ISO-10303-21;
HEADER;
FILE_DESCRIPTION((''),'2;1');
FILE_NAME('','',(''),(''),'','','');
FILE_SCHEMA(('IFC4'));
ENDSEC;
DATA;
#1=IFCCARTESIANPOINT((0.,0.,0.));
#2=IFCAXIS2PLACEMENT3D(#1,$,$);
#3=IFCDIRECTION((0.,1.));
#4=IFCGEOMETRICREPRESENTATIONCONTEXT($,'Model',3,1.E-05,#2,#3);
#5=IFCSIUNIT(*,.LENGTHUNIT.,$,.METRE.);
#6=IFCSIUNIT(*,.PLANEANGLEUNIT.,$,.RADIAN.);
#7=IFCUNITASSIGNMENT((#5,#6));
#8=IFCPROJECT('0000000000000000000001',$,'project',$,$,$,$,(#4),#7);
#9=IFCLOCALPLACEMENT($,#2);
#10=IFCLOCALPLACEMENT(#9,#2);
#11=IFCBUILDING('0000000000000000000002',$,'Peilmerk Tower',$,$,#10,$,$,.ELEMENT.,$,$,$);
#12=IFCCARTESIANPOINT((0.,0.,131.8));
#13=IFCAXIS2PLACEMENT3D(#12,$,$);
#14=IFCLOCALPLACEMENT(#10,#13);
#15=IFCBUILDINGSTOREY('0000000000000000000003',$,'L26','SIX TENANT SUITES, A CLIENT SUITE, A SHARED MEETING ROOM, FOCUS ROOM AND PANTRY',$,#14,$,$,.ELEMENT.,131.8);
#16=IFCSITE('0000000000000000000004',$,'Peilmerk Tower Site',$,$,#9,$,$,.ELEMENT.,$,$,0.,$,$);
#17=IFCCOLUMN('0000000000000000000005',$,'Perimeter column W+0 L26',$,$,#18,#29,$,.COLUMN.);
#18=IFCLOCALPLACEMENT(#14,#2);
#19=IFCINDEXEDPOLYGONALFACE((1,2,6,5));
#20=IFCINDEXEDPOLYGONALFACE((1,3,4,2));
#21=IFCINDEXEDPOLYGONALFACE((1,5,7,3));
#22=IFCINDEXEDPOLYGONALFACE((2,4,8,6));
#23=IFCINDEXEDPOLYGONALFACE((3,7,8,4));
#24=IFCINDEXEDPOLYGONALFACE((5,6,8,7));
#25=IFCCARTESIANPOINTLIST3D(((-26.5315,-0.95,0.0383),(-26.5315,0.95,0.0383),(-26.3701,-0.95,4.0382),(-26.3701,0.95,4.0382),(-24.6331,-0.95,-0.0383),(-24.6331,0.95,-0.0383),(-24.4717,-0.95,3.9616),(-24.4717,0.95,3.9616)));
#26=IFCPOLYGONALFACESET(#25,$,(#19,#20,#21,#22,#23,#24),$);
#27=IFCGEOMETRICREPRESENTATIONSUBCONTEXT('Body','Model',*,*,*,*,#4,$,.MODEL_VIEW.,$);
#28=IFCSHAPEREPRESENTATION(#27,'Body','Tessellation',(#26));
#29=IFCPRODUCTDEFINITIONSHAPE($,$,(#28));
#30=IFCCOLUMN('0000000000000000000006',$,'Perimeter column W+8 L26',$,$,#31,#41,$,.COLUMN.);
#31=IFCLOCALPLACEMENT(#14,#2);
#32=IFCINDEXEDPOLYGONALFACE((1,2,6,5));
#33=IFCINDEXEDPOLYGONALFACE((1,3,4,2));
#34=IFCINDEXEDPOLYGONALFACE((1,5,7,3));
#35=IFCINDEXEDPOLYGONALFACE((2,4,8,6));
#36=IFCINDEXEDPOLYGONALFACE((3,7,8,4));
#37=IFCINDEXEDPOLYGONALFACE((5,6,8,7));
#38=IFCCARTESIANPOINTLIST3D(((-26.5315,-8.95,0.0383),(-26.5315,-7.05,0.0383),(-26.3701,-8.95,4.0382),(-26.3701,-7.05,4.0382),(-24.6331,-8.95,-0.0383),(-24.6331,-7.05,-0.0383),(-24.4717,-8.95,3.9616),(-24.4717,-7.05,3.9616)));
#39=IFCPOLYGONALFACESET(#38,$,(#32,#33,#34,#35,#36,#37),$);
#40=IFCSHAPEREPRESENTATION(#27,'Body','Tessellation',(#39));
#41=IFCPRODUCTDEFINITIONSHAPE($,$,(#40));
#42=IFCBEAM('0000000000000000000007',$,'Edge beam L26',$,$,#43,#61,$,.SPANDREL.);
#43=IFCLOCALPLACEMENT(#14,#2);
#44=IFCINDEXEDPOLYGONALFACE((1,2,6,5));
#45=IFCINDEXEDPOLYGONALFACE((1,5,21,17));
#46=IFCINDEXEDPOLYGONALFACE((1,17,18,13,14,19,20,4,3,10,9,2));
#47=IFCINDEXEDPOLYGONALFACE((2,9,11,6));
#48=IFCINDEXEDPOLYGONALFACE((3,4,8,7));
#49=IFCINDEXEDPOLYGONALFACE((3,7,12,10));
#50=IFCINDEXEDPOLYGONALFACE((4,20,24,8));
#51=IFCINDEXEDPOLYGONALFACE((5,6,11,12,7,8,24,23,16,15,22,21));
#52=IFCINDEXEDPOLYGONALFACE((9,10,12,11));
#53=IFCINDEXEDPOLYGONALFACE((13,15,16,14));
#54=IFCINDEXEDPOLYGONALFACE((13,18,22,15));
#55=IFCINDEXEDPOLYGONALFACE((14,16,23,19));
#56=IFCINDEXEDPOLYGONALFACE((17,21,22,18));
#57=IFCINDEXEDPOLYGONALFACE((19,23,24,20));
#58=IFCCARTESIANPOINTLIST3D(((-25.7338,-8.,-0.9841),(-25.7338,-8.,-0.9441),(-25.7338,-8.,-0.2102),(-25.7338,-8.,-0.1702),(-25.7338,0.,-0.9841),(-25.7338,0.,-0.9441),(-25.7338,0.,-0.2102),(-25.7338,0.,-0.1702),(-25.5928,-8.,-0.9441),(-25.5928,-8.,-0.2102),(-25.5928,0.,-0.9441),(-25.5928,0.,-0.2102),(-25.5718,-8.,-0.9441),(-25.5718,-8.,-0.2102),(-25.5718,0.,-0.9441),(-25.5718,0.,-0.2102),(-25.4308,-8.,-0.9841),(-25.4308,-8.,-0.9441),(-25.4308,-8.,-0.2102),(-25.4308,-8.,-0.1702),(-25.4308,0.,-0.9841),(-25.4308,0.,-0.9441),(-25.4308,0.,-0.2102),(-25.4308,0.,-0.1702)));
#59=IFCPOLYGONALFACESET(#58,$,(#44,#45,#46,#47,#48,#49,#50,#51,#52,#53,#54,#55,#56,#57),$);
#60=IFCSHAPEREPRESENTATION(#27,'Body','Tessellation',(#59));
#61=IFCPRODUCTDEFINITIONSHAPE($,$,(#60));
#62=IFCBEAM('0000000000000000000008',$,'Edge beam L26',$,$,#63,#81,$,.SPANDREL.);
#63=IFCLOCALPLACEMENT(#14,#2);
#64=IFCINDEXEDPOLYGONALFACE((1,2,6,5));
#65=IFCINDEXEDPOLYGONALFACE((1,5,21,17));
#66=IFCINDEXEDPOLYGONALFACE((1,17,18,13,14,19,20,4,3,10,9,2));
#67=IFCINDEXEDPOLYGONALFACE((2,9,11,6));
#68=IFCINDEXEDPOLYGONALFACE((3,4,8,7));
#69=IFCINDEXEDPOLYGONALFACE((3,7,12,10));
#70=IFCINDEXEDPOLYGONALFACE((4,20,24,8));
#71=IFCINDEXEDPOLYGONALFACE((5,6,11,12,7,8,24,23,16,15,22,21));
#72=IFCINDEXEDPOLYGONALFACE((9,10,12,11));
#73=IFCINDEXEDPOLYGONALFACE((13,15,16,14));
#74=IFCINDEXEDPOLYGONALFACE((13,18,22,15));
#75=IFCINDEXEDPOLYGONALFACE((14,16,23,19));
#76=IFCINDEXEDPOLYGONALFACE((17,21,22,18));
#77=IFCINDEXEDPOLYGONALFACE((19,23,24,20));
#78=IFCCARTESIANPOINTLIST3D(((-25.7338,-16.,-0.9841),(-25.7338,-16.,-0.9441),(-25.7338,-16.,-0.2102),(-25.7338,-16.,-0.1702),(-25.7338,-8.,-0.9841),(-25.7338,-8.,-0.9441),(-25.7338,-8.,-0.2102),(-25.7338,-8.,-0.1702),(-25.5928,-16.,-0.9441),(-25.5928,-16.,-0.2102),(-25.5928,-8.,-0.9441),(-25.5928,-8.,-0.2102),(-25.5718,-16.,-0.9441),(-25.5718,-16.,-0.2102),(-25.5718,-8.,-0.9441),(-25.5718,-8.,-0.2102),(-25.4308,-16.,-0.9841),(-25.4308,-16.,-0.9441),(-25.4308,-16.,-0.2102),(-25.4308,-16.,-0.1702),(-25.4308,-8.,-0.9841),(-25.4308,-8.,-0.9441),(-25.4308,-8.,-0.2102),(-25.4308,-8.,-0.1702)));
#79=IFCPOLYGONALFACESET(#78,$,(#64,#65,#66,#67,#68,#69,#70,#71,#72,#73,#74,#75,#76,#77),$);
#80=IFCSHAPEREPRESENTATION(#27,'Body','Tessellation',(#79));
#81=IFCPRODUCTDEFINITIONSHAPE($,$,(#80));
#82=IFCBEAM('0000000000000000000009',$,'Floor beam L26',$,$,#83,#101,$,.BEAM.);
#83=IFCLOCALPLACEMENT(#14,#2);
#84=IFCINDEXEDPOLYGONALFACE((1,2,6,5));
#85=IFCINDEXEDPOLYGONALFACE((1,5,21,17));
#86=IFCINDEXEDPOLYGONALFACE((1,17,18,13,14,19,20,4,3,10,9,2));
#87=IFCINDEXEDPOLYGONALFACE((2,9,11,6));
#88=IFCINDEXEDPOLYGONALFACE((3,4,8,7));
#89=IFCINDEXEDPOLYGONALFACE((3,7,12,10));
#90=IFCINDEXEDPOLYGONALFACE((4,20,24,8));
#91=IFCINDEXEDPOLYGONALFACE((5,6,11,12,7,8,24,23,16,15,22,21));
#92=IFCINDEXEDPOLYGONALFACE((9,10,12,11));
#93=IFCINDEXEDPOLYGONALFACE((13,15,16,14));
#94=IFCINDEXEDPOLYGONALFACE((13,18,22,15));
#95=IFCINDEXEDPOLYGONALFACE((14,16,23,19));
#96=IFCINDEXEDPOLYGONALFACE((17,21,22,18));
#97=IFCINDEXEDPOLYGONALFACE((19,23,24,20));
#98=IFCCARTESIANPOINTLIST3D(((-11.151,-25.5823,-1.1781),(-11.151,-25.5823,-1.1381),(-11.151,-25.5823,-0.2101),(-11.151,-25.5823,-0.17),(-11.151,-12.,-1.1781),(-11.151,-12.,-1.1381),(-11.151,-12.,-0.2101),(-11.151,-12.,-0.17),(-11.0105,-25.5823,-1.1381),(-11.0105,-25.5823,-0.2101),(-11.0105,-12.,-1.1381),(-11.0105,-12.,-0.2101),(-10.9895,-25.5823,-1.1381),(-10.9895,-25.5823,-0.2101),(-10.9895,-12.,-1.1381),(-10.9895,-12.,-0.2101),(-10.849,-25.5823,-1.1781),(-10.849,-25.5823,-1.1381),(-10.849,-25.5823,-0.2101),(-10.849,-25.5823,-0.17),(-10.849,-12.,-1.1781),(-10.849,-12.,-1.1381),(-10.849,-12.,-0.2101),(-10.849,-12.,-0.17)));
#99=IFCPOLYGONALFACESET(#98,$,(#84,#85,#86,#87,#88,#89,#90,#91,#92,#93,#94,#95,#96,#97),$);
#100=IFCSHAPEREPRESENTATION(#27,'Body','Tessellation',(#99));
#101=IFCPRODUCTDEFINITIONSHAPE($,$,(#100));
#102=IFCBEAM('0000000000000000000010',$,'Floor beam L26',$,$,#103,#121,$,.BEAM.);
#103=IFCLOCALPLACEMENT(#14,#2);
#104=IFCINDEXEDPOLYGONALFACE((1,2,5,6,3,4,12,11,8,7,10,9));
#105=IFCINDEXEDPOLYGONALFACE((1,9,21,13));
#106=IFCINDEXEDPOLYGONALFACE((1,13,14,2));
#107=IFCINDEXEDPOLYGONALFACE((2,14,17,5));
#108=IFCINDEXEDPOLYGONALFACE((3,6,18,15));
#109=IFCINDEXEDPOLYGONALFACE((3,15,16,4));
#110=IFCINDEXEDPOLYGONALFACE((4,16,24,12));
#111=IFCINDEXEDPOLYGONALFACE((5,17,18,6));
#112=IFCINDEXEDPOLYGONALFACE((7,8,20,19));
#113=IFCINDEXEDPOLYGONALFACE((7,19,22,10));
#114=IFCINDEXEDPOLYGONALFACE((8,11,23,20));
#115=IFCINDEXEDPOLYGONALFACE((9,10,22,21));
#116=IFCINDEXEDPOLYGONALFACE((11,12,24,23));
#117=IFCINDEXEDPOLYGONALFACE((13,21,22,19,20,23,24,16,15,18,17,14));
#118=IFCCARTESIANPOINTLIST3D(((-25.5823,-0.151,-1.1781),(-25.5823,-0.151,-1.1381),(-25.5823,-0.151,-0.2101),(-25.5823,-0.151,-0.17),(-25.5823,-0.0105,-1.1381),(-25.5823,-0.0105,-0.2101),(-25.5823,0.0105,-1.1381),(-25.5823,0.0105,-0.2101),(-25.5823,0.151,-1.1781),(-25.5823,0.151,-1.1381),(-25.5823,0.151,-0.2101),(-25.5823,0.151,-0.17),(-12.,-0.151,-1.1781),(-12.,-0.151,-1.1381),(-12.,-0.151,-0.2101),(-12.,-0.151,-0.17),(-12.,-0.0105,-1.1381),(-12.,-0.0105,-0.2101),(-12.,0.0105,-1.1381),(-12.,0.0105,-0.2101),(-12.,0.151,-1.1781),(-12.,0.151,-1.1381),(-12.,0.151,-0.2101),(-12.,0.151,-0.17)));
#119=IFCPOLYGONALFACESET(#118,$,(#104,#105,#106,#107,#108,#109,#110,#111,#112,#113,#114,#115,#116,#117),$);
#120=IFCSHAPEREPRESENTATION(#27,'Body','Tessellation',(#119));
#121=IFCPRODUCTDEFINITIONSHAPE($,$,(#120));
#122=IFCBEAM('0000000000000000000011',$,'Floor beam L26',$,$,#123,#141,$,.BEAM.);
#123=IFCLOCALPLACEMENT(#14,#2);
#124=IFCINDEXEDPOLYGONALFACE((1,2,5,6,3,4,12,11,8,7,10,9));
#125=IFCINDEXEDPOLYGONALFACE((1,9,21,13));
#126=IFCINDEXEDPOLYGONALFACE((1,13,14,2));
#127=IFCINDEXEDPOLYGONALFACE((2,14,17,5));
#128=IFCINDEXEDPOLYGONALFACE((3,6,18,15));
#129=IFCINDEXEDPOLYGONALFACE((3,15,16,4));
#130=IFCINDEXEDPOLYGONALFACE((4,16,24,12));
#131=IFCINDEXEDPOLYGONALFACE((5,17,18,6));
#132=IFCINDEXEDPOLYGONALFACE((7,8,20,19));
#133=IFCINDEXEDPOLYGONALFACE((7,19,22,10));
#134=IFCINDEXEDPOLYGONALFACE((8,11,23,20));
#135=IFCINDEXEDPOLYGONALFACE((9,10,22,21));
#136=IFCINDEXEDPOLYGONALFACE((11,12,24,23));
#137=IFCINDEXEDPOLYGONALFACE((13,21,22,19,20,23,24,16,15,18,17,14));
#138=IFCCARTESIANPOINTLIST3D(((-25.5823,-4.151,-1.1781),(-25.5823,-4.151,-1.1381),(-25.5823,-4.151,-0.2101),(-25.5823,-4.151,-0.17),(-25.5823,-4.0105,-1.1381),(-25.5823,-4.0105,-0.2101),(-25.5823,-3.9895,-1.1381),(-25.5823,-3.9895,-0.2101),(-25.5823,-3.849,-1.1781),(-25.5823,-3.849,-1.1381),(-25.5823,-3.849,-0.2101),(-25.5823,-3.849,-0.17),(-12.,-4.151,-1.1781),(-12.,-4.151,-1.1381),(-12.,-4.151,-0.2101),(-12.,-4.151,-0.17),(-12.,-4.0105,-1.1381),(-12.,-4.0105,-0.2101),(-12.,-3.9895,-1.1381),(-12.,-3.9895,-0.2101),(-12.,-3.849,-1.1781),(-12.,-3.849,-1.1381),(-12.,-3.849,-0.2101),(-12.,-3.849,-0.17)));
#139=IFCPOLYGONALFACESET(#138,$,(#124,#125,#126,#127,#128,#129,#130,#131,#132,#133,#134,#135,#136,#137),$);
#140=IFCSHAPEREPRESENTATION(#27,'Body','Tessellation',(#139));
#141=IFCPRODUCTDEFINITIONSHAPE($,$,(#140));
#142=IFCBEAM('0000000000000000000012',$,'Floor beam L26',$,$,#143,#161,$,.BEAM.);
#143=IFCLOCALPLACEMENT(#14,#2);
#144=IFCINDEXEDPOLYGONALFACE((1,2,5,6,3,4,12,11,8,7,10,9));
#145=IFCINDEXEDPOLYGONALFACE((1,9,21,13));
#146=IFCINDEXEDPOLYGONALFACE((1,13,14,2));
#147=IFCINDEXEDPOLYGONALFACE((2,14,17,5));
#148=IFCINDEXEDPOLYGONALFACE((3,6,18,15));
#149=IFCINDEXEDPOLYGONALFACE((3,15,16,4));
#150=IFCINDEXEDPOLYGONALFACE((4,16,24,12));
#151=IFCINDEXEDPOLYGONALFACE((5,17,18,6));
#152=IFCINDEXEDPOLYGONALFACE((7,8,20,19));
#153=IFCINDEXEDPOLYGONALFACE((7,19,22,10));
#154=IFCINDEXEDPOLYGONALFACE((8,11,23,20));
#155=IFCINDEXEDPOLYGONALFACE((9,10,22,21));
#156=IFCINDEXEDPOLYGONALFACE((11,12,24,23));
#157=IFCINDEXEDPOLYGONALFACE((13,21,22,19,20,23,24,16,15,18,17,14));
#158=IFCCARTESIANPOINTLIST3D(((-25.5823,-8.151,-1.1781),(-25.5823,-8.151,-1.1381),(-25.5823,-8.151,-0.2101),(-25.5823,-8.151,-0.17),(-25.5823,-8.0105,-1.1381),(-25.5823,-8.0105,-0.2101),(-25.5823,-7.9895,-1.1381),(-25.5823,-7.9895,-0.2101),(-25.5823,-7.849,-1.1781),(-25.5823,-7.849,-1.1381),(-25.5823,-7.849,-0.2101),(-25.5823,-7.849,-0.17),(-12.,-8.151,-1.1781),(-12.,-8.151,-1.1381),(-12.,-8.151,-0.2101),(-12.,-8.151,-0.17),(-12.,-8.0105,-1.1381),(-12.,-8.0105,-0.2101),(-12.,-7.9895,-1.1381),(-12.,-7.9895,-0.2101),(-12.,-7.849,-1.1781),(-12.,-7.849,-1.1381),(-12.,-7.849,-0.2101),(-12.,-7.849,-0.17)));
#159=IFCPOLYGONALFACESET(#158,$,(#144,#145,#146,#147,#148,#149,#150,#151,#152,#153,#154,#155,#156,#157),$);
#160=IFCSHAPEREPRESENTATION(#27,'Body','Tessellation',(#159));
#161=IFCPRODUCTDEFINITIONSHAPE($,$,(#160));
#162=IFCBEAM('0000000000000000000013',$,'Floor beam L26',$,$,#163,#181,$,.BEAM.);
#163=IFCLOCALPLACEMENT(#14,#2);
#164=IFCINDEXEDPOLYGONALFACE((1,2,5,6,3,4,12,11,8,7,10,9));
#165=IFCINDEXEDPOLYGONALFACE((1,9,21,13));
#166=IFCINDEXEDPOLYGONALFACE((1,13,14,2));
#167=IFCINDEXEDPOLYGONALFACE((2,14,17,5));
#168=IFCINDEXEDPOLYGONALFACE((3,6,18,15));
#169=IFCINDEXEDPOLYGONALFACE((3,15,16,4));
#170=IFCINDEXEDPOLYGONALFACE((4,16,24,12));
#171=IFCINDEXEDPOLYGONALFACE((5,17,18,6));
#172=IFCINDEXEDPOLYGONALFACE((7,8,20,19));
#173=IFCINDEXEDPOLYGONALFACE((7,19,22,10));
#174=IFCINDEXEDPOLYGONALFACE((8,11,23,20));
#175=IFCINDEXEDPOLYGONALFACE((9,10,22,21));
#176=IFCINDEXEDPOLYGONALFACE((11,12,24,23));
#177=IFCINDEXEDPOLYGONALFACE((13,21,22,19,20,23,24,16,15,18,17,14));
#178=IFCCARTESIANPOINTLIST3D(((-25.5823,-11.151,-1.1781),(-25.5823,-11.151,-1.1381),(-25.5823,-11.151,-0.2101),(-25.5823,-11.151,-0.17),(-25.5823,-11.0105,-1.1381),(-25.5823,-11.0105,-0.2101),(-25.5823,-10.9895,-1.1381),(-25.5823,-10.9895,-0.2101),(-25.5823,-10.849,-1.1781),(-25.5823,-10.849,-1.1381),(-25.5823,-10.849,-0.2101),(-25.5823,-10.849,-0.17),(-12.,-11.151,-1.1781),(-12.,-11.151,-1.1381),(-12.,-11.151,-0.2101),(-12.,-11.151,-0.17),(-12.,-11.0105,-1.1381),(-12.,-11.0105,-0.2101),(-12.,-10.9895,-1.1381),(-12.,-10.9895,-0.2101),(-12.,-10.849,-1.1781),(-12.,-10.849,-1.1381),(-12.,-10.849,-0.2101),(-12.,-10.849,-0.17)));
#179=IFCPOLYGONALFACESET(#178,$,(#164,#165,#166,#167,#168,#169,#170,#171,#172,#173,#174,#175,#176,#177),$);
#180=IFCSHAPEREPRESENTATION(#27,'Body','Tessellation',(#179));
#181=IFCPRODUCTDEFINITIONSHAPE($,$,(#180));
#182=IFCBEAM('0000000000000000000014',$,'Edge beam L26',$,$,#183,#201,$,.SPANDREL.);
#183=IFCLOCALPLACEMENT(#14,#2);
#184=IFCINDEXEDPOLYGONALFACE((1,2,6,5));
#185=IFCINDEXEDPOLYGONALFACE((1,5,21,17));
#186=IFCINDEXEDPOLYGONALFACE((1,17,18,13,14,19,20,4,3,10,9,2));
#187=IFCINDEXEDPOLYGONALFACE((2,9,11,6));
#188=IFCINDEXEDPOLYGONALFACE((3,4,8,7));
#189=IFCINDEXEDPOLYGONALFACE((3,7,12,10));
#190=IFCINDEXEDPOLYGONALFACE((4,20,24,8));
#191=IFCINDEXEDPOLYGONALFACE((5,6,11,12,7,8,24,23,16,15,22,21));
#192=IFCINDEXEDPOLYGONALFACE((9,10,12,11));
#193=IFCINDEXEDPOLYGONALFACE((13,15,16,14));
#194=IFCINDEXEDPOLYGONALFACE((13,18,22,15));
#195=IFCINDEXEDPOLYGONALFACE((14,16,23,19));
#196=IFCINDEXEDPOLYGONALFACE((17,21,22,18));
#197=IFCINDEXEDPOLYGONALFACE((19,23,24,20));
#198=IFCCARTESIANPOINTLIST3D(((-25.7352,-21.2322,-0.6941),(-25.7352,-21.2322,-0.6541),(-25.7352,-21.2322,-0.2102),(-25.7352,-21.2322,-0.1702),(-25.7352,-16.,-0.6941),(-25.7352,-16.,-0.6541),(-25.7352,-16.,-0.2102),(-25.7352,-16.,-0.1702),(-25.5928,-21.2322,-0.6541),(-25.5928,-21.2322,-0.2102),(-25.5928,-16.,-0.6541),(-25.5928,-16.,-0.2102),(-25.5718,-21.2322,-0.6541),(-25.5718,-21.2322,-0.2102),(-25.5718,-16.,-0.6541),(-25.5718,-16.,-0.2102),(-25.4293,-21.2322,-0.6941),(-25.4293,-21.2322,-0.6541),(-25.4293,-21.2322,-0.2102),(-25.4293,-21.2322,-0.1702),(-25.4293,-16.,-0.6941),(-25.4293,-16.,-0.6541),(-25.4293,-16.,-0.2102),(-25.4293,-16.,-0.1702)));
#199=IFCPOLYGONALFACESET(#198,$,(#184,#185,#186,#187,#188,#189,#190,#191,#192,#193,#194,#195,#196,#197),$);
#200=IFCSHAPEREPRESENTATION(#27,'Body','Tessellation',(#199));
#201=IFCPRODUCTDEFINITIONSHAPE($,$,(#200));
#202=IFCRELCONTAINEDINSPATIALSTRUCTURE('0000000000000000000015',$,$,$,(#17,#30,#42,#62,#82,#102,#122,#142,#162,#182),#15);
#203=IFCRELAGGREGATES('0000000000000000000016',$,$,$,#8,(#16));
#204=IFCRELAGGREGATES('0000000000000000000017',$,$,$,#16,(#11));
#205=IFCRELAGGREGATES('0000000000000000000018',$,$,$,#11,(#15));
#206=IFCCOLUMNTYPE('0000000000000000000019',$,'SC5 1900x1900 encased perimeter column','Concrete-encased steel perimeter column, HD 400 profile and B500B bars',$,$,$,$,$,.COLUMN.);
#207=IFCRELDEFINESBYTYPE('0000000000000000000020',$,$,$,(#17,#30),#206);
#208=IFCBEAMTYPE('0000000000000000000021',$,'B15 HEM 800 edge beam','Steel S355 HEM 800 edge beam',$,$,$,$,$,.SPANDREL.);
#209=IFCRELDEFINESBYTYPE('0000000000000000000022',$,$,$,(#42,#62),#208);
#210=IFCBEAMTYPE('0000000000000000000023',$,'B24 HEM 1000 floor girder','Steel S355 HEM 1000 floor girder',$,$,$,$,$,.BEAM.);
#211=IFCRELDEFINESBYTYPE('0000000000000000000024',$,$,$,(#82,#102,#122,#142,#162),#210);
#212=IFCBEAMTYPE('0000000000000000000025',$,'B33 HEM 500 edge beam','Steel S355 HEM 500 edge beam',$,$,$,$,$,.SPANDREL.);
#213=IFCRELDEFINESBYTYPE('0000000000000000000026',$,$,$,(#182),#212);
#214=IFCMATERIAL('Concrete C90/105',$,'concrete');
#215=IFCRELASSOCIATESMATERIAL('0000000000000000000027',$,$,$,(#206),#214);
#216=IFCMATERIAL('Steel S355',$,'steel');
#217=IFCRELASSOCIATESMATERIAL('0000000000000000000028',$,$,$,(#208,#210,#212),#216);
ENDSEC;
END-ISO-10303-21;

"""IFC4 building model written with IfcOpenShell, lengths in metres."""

from ifc_helpers import new_model, si_unit, direction, frame, origin, origin_2d, place, context, subcontext, project, spatial, rectangle, i_section, extrude, material, material_profile, profile_set, type_object, element, save


model = new_model("IFC4")

# Units and contexts
model_context = context("Model", 3, precision=1e-05, world=origin(), true_north=direction((0.0, 1.0)))
body_context = subcontext(model_context, "Body", "Model", "MODEL_VIEW")
ifc_project = project(units=[si_unit("LENGTHUNIT", "METRE"), si_unit("PLANEANGLEUNIT", "RADIAN")], contexts=[model_context])

# Site, building, storey
site_placement = place(None, origin())
site = spatial("IfcSite", under=ifc_project, at=site_placement, Name="Peilmerk Tower Site", CompositionType="ELEMENT", RefElevation=0.0)
building_placement = place(site_placement, origin())
building = spatial("IfcBuilding", under=site, at=building_placement, Name="Peilmerk Tower", CompositionType="ELEMENT")
storey_placement = place(building_placement, frame((0.0, 0.0, 131.8)))
storey = spatial("IfcBuildingStorey", under=building, at=storey_placement, Name="L26", Description="SIX TENANT SUITES, A CLIENT SUITE, A SHARED MEETING ROOM, FOCUS ROOM AND PANTRY", CompositionType="ELEMENT", Elevation=131.8)

# Columns
ifc_material_1 = material(Name="Concrete C90/105", Category="concrete")
ifc_material_profile_1 = material_profile(ifc_material_1, rectangle(XDim=1.8999, YDim=1.8999, at=origin_2d()), Name="RC 1900x1900")
ifc_profile_set_1 = profile_set([ifc_material_profile_1], Name="Concrete C90/105")
column_type = type_object("IfcColumnType", Name="SC5 1900x1900 encased perimeter column", Description="Concrete-encased steel perimeter column, HD 400 profile and B500B bars", PredefinedType="COLUMN", material=ifc_profile_set_1)
for number, where, z_axis, x_axis, name in (
    (1, (-25.5823, 0.0, 0.0), (0.040311, 0.0, 0.999187), (0.0, 1.0, 0.0), "Perimeter column W+0 L26"),
    (2, (-25.5823, -8.0, 0.0), (0.040311, 0.0, 0.999187), (0.0, 1.0, 0.0), "Perimeter column W+8 L26"),
):
    element("IfcColumn", number, at=place(storey_placement, frame(where, z_axis=z_axis, x_axis=x_axis)), inside=storey, type_object=column_type, Name=name, PredefinedType="COLUMN", context=body_context, shape_type="SweptSolid", body=[
        extrude(rectangle(XDim=1.8999, YDim=1.8999, at=origin_2d()), origin(), (0.0, 0.0, 1.0), 4.0032),
    ])

# Beams
ifc_material_2 = material(Name="Steel S355", Category="steel")
ifc_material_profile_2 = material_profile(ifc_material_2, i_section(OverallWidth=0.303, OverallDepth=0.814, WebThickness=0.021, FlangeThickness=0.04, at=origin_2d()), Name="HEM 800")
ifc_profile_set_2 = profile_set([ifc_material_profile_2], Name="Steel S355")
beam_type_1 = type_object("IfcBeamType", Name="B15 HEM 800 edge beam", Description="Steel S355 HEM 800 edge beam", PredefinedType="SPANDREL", material=ifc_profile_set_2)
for number, where, z_axis, x_axis, name in (
    (3, (-25.5823, 0.0, -0.5771), (0.0, -1.0, 0.0), (1.0, 0.0, 0.0), "Edge beam L26"),
    (4, (-25.5823, -8.0, -0.5771), (0.0, -1.0, 0.0), (1.0, 0.0, 0.0), "Edge beam L26"),
):
    element("IfcBeam", number, at=place(storey_placement, frame(where, z_axis=z_axis, x_axis=x_axis)), inside=storey, type_object=beam_type_1, Name=name, PredefinedType="SPANDREL", context=body_context, shape_type="SweptSolid", body=[
        extrude(i_section(OverallWidth=0.303, OverallDepth=0.814, WebThickness=0.021, FlangeThickness=0.04, at=origin_2d()), origin(), (0.0, 0.0, 1.0), 8.0),
    ])
ifc_material_profile_3 = material_profile(ifc_material_2, i_section(OverallWidth=0.302, OverallDepth=1.0081, WebThickness=0.021, FlangeThickness=0.04, at=origin_2d()), Name="HEM 1000")
ifc_profile_set_3 = profile_set([ifc_material_profile_3], Name="Steel S355")
beam_type_2 = type_object("IfcBeamType", Name="B24 HEM 1000 floor girder", Description="Steel S355 HEM 1000 floor girder", PredefinedType="BEAM", material=ifc_profile_set_3)
for number, where, z_axis, x_axis, name in (
    (5, (-11.0, -12.0, -0.6741), (0.0, -1.0, 0.0), (1.0, 0.0, 0.0), "Floor beam L26"),
    (6, (-12.0, 0.0, -0.6741), (-1.0, 0.0, 0.0), (0.0, -1.0, 0.0), "Floor beam L26"),
    (7, (-12.0, -4.0, -0.6741), (-1.0, 0.0, 0.0), (0.0, -1.0, 0.0), "Floor beam L26"),
    (8, (-12.0, -8.0, -0.6741), (-1.0, 0.0, 0.0), (0.0, -1.0, 0.0), "Floor beam L26"),
    (9, (-12.0, -11.0, -0.6741), (-1.0, 0.0, 0.0), (0.0, -1.0, 0.0), "Floor beam L26"),
):
    element("IfcBeam", number, at=place(storey_placement, frame(where, z_axis=z_axis, x_axis=x_axis)), inside=storey, type_object=beam_type_2, Name=name, PredefinedType="BEAM", context=body_context, shape_type="SweptSolid", body=[
        extrude(i_section(OverallWidth=0.302, OverallDepth=1.0081, WebThickness=0.021, FlangeThickness=0.04, at=origin_2d()), origin(), (0.0, 0.0, 1.0), 13.5823),
    ])
ifc_material_profile_4 = material_profile(ifc_material_2, i_section(OverallWidth=0.3059, OverallDepth=0.5239, WebThickness=0.021, FlangeThickness=0.04, at=origin_2d()), Name="HEM 500")
ifc_profile_set_4 = profile_set([ifc_material_profile_4], Name="Steel S355")
beam_type_3 = type_object("IfcBeamType", Name="B33 HEM 500 edge beam", Description="Steel S355 HEM 500 edge beam", PredefinedType="SPANDREL", material=ifc_profile_set_4)
beam_1_placement = place(storey_placement, frame((-25.5823, -16.0, -0.4321), z_axis=(0.0, -1.0, 0.0), x_axis=(1.0, 0.0, 0.0)))
element("IfcBeam", 10, at=beam_1_placement, inside=storey, type_object=beam_type_3, Name="Edge beam L26", PredefinedType="SPANDREL", context=body_context, shape_type="SweptSolid", body=[
    extrude(i_section(OverallWidth=0.3059, OverallDepth=0.5239, WebThickness=0.021, FlangeThickness=0.04, at=origin_2d()), origin(), (0.0, 0.0, 1.0), 5.2322),
])

save(model, "model.ifc")
